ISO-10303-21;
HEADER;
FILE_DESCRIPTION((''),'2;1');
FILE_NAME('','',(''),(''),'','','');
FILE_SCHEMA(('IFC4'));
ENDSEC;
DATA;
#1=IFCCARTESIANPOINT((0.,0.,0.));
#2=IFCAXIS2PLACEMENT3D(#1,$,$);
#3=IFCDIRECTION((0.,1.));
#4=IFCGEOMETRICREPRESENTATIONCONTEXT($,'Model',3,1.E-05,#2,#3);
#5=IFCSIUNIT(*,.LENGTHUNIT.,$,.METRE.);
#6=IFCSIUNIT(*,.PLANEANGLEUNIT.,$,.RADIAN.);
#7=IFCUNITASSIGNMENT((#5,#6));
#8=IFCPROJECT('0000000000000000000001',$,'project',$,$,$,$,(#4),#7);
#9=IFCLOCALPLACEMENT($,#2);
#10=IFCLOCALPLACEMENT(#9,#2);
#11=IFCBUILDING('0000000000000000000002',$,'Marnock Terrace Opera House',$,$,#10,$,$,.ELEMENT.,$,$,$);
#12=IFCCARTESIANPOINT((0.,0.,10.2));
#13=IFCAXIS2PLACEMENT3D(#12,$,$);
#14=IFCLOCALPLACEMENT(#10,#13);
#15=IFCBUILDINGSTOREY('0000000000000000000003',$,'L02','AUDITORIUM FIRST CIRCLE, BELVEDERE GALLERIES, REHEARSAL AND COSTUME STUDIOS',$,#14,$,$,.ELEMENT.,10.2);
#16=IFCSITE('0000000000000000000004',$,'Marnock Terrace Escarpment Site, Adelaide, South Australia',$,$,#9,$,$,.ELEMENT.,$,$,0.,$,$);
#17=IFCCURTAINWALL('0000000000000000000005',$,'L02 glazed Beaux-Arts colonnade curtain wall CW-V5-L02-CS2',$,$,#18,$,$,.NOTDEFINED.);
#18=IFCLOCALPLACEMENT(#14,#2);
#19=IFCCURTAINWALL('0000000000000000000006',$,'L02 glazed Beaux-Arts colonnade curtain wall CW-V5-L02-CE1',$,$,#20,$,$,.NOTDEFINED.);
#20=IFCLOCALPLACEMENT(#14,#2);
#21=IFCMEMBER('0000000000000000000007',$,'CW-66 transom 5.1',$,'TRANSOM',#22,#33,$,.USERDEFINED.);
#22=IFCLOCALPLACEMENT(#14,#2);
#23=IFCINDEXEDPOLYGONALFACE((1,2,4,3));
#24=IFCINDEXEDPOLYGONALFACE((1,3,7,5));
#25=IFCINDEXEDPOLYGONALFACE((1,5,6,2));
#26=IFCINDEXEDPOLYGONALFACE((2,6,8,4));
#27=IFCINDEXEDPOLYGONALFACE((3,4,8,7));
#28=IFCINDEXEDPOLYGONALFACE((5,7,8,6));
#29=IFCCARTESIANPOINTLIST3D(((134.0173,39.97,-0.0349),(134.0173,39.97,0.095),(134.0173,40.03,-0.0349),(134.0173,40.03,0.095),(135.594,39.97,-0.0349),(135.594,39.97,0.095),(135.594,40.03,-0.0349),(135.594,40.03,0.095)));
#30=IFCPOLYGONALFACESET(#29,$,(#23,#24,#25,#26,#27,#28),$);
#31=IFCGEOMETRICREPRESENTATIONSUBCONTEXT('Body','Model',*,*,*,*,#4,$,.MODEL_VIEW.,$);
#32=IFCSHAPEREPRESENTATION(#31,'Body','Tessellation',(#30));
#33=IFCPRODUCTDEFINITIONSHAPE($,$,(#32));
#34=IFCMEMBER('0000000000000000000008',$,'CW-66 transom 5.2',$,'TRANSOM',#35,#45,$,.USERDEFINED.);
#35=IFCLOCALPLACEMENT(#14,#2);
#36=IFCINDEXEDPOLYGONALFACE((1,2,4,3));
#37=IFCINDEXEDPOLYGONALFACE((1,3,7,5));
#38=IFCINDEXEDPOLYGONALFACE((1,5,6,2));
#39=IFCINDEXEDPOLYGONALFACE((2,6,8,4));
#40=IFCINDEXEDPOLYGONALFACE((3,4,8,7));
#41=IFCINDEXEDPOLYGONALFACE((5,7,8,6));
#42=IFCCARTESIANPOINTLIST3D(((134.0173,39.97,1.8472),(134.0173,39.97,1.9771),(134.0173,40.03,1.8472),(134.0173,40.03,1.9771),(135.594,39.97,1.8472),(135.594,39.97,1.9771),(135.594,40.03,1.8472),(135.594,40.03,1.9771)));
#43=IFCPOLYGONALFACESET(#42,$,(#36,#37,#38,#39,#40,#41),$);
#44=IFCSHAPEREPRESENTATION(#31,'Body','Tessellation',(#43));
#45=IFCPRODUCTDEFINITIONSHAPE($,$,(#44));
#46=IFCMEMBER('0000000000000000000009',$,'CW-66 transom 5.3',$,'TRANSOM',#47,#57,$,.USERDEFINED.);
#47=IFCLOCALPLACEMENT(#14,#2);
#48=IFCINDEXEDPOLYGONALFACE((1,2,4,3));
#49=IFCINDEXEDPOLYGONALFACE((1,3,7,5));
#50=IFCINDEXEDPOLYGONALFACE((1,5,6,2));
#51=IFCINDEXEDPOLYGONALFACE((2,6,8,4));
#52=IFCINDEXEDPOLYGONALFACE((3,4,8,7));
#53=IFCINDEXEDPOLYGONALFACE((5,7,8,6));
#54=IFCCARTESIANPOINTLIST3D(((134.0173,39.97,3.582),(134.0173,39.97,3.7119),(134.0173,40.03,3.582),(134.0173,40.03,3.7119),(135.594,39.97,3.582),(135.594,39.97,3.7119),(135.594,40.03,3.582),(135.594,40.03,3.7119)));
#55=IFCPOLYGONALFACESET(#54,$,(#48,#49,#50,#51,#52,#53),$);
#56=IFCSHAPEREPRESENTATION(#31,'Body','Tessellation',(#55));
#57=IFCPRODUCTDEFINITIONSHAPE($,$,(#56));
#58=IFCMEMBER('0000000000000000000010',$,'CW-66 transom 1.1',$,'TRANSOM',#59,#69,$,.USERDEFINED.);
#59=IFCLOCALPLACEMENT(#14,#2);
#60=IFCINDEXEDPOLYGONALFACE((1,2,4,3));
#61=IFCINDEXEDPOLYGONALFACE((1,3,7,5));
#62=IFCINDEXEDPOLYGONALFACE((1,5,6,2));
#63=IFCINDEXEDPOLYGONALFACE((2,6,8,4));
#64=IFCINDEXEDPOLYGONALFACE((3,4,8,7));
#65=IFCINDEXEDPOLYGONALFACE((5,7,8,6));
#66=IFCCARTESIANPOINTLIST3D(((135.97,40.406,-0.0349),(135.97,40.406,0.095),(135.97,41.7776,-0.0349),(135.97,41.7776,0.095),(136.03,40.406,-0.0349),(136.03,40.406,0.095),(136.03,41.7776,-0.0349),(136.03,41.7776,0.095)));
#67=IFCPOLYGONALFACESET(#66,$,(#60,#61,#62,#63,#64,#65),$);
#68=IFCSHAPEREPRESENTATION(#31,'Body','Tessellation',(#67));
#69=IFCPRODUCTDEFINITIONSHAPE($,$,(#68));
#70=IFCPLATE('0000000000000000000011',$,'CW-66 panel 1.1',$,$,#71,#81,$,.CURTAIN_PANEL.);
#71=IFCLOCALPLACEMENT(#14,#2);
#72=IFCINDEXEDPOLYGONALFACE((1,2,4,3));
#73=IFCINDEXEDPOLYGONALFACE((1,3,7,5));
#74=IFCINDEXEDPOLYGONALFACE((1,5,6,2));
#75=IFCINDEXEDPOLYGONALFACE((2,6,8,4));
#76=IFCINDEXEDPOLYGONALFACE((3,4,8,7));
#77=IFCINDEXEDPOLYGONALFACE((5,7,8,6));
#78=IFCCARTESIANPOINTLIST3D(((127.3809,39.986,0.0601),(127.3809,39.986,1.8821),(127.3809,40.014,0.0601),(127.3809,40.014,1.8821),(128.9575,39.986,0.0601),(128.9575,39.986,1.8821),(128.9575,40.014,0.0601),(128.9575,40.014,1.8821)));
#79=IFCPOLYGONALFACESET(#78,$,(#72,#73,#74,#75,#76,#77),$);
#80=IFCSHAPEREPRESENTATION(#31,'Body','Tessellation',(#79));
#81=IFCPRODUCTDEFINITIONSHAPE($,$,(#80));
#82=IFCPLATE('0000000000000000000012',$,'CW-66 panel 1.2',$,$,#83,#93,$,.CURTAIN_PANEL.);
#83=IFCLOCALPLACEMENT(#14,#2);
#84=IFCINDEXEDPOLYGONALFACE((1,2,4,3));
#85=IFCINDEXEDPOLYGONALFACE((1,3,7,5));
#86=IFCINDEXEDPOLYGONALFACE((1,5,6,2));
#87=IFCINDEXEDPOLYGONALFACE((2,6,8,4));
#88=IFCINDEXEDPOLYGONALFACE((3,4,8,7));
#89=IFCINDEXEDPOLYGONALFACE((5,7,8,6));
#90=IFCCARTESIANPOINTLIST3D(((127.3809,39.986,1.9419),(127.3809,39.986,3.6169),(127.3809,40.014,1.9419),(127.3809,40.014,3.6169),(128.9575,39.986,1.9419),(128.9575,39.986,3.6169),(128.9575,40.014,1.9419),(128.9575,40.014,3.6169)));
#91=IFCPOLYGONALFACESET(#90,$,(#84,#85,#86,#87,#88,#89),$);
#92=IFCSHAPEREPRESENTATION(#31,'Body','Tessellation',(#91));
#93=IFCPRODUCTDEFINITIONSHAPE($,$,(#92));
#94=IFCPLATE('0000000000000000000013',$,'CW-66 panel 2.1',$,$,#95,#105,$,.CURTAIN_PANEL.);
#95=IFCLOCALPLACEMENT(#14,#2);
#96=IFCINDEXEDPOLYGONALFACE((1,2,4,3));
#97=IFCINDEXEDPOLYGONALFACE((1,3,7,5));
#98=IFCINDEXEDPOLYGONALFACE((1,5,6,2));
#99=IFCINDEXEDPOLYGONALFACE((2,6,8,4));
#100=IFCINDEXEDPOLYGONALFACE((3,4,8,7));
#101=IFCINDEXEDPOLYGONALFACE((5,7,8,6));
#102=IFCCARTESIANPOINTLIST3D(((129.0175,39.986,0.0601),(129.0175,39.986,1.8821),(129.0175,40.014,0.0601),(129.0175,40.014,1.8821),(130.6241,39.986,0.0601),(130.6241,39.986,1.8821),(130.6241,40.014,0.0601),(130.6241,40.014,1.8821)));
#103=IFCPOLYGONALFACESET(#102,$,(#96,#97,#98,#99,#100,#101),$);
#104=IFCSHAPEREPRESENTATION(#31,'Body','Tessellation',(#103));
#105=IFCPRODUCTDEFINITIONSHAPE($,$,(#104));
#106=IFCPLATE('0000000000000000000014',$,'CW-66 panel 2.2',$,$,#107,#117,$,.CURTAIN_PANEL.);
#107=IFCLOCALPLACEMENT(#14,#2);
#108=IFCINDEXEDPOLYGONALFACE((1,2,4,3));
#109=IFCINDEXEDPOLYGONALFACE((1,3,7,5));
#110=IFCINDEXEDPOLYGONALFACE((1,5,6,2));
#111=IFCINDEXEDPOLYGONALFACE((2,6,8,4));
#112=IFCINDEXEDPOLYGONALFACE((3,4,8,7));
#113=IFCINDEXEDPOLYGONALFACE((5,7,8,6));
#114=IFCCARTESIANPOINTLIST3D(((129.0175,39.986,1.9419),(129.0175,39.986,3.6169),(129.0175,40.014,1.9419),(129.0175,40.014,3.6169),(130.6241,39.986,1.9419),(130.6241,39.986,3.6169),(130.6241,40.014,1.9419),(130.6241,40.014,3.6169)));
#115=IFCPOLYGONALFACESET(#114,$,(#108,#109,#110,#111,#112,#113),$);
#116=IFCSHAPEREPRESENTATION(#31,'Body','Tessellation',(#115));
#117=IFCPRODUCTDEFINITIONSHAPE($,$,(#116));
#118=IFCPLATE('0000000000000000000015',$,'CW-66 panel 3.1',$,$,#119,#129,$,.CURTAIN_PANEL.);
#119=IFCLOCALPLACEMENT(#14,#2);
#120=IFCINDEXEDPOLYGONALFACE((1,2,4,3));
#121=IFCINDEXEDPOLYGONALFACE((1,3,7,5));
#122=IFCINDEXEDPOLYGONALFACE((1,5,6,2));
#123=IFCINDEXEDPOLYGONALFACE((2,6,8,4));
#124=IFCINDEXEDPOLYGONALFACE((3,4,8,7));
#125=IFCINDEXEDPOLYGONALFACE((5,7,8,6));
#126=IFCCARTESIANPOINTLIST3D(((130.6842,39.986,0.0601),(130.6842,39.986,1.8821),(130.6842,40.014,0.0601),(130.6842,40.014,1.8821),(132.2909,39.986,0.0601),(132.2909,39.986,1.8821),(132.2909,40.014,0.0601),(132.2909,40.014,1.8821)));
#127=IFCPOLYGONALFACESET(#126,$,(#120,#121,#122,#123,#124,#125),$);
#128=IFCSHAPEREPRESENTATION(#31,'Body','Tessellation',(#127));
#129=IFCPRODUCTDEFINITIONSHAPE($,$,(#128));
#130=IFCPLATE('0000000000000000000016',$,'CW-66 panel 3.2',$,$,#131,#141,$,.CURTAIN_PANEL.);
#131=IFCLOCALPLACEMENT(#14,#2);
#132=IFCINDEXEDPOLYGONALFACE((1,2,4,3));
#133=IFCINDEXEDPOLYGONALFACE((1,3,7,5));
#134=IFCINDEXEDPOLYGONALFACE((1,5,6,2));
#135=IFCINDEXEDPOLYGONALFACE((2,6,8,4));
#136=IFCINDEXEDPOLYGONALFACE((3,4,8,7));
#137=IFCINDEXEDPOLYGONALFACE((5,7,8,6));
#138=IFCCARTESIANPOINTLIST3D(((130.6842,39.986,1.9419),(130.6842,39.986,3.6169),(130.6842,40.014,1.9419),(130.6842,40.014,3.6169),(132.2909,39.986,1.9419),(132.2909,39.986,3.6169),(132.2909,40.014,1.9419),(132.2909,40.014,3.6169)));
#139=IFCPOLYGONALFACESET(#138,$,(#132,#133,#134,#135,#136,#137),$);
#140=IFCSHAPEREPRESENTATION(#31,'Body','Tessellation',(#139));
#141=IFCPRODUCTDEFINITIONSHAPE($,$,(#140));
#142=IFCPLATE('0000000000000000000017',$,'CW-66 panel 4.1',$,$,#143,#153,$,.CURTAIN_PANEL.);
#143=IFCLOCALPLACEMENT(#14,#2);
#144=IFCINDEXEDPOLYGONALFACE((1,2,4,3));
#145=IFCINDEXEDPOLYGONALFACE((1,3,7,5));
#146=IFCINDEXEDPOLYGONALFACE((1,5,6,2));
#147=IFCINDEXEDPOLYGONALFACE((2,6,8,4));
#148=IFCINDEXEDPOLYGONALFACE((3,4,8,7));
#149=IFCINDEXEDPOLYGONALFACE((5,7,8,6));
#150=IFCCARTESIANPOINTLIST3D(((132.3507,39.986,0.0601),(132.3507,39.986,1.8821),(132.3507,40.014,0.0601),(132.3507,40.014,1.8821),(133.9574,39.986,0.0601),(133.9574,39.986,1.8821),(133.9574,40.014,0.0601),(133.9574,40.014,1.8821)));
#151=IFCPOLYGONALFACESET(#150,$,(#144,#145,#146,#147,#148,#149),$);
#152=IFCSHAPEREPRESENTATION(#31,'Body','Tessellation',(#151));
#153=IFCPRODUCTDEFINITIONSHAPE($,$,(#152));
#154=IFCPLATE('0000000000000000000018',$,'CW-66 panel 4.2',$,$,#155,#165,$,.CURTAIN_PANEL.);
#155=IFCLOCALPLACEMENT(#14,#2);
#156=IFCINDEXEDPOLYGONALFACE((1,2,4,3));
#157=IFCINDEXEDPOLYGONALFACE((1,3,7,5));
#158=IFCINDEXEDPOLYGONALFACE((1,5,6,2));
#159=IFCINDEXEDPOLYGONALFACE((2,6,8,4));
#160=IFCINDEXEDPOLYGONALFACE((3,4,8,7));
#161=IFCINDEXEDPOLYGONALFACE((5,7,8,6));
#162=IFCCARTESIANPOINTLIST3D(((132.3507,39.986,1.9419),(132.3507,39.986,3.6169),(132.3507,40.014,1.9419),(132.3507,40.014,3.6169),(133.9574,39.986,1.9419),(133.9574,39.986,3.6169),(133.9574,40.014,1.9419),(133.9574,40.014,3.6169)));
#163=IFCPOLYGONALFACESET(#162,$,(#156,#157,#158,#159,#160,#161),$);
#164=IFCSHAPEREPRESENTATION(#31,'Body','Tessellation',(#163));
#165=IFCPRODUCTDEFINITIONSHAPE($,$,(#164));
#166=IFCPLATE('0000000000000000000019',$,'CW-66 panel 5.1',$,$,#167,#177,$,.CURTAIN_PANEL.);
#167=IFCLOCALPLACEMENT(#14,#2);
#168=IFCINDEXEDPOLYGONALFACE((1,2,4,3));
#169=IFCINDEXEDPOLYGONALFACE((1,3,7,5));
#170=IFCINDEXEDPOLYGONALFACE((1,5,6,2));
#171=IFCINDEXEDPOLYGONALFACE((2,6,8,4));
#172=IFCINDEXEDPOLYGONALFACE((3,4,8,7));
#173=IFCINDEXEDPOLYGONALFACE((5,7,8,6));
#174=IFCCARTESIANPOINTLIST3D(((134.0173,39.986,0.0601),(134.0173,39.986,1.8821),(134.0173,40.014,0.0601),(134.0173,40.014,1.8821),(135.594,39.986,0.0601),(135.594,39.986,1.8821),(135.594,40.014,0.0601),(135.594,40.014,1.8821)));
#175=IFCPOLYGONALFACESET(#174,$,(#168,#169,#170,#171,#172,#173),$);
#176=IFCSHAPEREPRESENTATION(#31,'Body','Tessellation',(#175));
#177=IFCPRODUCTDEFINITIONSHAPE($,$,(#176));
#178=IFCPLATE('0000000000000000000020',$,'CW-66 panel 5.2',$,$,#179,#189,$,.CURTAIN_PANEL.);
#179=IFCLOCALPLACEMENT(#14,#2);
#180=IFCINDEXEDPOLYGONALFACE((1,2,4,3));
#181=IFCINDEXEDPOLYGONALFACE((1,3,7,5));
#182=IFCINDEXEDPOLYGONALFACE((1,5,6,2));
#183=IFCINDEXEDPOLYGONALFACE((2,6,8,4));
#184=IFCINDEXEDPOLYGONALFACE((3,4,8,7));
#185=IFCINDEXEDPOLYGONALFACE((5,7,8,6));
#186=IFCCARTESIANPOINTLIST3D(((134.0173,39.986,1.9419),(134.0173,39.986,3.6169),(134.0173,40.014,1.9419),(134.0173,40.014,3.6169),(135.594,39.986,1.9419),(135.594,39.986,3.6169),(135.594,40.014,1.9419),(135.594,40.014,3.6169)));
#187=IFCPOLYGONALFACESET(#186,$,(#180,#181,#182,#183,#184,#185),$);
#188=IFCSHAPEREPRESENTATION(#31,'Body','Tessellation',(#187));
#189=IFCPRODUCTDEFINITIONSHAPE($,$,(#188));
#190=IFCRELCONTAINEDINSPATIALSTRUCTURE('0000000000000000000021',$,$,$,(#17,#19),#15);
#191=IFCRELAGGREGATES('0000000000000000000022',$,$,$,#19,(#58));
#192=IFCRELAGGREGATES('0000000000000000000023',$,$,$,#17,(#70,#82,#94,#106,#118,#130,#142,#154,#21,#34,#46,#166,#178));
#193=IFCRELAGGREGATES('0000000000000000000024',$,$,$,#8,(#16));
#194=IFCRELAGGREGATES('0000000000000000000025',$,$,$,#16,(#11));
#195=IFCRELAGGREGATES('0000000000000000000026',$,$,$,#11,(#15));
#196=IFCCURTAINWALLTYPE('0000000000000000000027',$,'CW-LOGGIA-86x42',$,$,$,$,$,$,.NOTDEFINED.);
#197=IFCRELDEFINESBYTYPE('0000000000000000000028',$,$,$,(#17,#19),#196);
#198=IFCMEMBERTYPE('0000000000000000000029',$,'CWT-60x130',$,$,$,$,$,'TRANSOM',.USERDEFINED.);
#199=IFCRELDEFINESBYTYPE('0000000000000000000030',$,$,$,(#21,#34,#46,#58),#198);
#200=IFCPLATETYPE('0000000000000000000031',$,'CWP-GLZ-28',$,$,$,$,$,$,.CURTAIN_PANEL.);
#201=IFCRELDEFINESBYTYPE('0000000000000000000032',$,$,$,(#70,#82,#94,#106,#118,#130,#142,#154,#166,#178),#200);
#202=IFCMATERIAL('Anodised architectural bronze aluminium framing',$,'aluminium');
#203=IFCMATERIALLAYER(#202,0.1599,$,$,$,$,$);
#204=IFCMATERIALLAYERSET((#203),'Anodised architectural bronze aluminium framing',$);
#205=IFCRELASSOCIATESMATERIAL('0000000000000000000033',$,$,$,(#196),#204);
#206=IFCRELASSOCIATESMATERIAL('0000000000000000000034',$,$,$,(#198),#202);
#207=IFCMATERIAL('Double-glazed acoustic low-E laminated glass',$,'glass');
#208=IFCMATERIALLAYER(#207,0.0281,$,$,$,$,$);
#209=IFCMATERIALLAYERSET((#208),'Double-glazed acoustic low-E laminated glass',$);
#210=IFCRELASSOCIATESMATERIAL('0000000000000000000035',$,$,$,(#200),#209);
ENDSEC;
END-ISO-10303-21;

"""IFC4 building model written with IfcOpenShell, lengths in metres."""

from ifc_helpers import new_model, si_unit, direction, frame, origin, origin_2d, place, context, subcontext, project, spatial, rectangle, extrude, material, layer, layer_set, material_profile, profile_set, type_object, element, aggregate, save


model = new_model("IFC4")

# Units and contexts
model_context = context("Model", 3, precision=1e-05, world=origin(), true_north=direction((0.0, 1.0)))
body_context = subcontext(model_context, "Body", "Model", "MODEL_VIEW")
ifc_project = project(units=[si_unit("LENGTHUNIT", "METRE"), si_unit("PLANEANGLEUNIT", "RADIAN")], contexts=[model_context])

# Site, building, storey
site_placement = place(None, origin())
site = spatial("IfcSite", under=ifc_project, at=site_placement, Name="Marnock Terrace Escarpment Site, Adelaide, South Australia", CompositionType="ELEMENT", RefElevation=0.0)
building_placement = place(site_placement, origin())
building = spatial("IfcBuilding", under=site, at=building_placement, Name="Marnock Terrace Opera House", CompositionType="ELEMENT")
storey_placement = place(building_placement, frame((0.0, 0.0, 10.2)))
storey = spatial("IfcBuildingStorey", under=building, at=storey_placement, Name="L02", Description="AUDITORIUM FIRST CIRCLE, BELVEDERE GALLERIES, REHEARSAL AND COSTUME STUDIOS", CompositionType="ELEMENT", Elevation=10.2)

# Curtain wall
ifc_material_1 = material(Name="Anodised architectural bronze aluminium framing", Category="aluminium")
ifc_layer_1 = layer(ifc_material_1, 0.1599)
ifc_layer_set_1 = layer_set([ifc_layer_1], Name="Anodised architectural bronze aluminium framing")
curtain_wall_type = type_object("IfcCurtainWallType", Name="CW-LOGGIA-86x42", PredefinedType="NOTDEFINED", material=ifc_layer_set_1)
curtain_wall_1_placement = place(storey_placement, origin())
curtain_wall_1 = element("IfcCurtainWall", 1, at=curtain_wall_1_placement, inside=storey, type_object=curtain_wall_type, Name="L02 glazed Beaux-Arts colonnade curtain wall CW-V5-L02-CS2", PredefinedType="NOTDEFINED")

# Curtain wall
curtain_wall_2_placement = place(storey_placement, origin())
curtain_wall_2 = element("IfcCurtainWall", 2, at=curtain_wall_2_placement, inside=storey, type_object=curtain_wall_type, Name="L02 glazed Beaux-Arts colonnade curtain wall CW-V5-L02-CE1", PredefinedType="NOTDEFINED")

# Members
ifc_material_profile_1 = material_profile(ifc_material_1, rectangle(XDim=0.0601, YDim=0.1299, at=origin_2d()))
ifc_profile_set_1 = profile_set([ifc_material_profile_1], Name="Anodised architectural bronze aluminium framing")
member_type_1 = type_object("IfcMemberType", Name="CWT-60x130", ElementType="TRANSOM", PredefinedType="USERDEFINED", material=ifc_profile_set_1)
member_1_placement = place(storey_placement, frame((134.0173, 40.0, 0.03), z_axis=(1.0, 0.0, 0.0), x_axis=(0.0, 1.0, 0.0)))
member_1 = element("IfcMember", 3, at=member_1_placement, type_object=member_type_1, Name="CW-66 transom 5.1", ObjectType="TRANSOM", PredefinedType="USERDEFINED", context=body_context, shape_type="SweptSolid", body=[
    extrude(rectangle(XDim=0.0601, YDim=0.1299, at=origin_2d()), origin(), (0.0, 0.0, 1.0), 1.5767),
])
member_2_placement = place(storey_placement, frame((134.0173, 40.0, 1.9121), z_axis=(1.0, 0.0, 0.0), x_axis=(0.0, 1.0, 0.0)))
member_2 = element("IfcMember", 4, at=member_2_placement, type_object=member_type_1, Name="CW-66 transom 5.2", ObjectType="TRANSOM", PredefinedType="USERDEFINED", context=body_context, shape_type="SweptSolid", body=[
    extrude(rectangle(XDim=0.0601, YDim=0.1299, at=origin_2d()), origin(), (0.0, 0.0, 1.0), 1.5767),
])
member_3_placement = place(storey_placement, frame((134.0173, 40.0, 3.647), z_axis=(1.0, 0.0, 0.0), x_axis=(0.0, 1.0, 0.0)))
member_3 = element("IfcMember", 5, at=member_3_placement, type_object=member_type_1, Name="CW-66 transom 5.3", ObjectType="TRANSOM", PredefinedType="USERDEFINED", context=body_context, shape_type="SweptSolid", body=[
    extrude(rectangle(XDim=0.0601, YDim=0.1299, at=origin_2d()), origin(), (0.0, 0.0, 1.0), 1.5767),
])
member_4_placement = place(storey_placement, frame((136.0, 40.406, 0.03), z_axis=(0.0, 1.0, 0.0), x_axis=(-1.0, 0.0, 0.0)))
member_4 = element("IfcMember", 6, at=member_4_placement, type_object=member_type_1, Name="CW-66 transom 1.1", ObjectType="TRANSOM", PredefinedType="USERDEFINED", context=body_context, shape_type="SweptSolid", body=[
    extrude(rectangle(XDim=0.0601, YDim=0.1299, at=origin_2d()), origin(), (0.0, 0.0, 1.0), 1.3716),
])
aggregate(curtain_wall_2, [member_4])

# Plates
ifc_material_2 = material(Name="Double-glazed acoustic low-E laminated glass", Category="glass")
ifc_layer_2 = layer(ifc_material_2, 0.0281)
ifc_layer_set_2 = layer_set([ifc_layer_2], Name="Double-glazed acoustic low-E laminated glass")
plate_type = type_object("IfcPlateType", Name="CWP-GLZ-28", PredefinedType="CURTAIN_PANEL", material=ifc_layer_set_2)
plate_1_placement = place(storey_placement, frame((128.1692, 40.0, 0.0601), z_axis=(0.0, 0.0, 1.0), x_axis=(1.0, 0.0, 0.0)))
plate_1 = element("IfcPlate", 7, at=plate_1_placement, type_object=plate_type, Name="CW-66 panel 1.1", PredefinedType="CURTAIN_PANEL", context=body_context, shape_type="SweptSolid", body=[
    extrude(rectangle(XDim=1.5767, YDim=0.0281, at=origin_2d()), origin(), (0.0, 0.0, 1.0), 1.822),
])
plate_2_placement = place(storey_placement, frame((128.1692, 40.0, 1.9419), z_axis=(0.0, 0.0, 1.0), x_axis=(1.0, 0.0, 0.0)))
plate_2 = element("IfcPlate", 8, at=plate_2_placement, type_object=plate_type, Name="CW-66 panel 1.2", PredefinedType="CURTAIN_PANEL", context=body_context, shape_type="SweptSolid", body=[
    extrude(rectangle(XDim=1.5767, YDim=0.0281, at=origin_2d()), origin(), (0.0, 0.0, 1.0), 1.675),
])
plate_3_placement = place(storey_placement, frame((129.8208, 40.0, 0.0601), z_axis=(0.0, 0.0, 1.0), x_axis=(1.0, 0.0, 0.0)))
plate_3 = element("IfcPlate", 9, at=plate_3_placement, type_object=plate_type, Name="CW-66 panel 2.1", PredefinedType="CURTAIN_PANEL", context=body_context, shape_type="SweptSolid", body=[
    extrude(rectangle(XDim=1.6067, YDim=0.0281, at=origin_2d()), origin(), (0.0, 0.0, 1.0), 1.822),
])
plate_4_placement = place(storey_placement, frame((129.8208, 40.0, 1.9419), z_axis=(0.0, 0.0, 1.0), x_axis=(1.0, 0.0, 0.0)))
plate_4 = element("IfcPlate", 10, at=plate_4_placement, type_object=plate_type, Name="CW-66 panel 2.2", PredefinedType="CURTAIN_PANEL", context=body_context, shape_type="SweptSolid", body=[
    extrude(rectangle(XDim=1.6067, YDim=0.0281, at=origin_2d()), origin(), (0.0, 0.0, 1.0), 1.675),
])
plate_5_placement = place(storey_placement, frame((131.4875, 40.0, 0.0601), z_axis=(0.0, 0.0, 1.0), x_axis=(1.0, 0.0, 0.0)))
plate_5 = element("IfcPlate", 11, at=plate_5_placement, type_object=plate_type, Name="CW-66 panel 3.1", PredefinedType="CURTAIN_PANEL", context=body_context, shape_type="SweptSolid", body=[
    extrude(rectangle(XDim=1.6067, YDim=0.0281, at=origin_2d()), origin(), (0.0, 0.0, 1.0), 1.822),
])
plate_6_placement = place(storey_placement, frame((131.4875, 40.0, 1.9419), z_axis=(0.0, 0.0, 1.0), x_axis=(1.0, 0.0, 0.0)))
plate_6 = element("IfcPlate", 12, at=plate_6_placement, type_object=plate_type, Name="CW-66 panel 3.2", PredefinedType="CURTAIN_PANEL", context=body_context, shape_type="SweptSolid", body=[
    extrude(rectangle(XDim=1.6067, YDim=0.0281, at=origin_2d()), origin(), (0.0, 0.0, 1.0), 1.675),
])
plate_7_placement = place(storey_placement, frame((133.1541, 40.0, 0.0601), z_axis=(0.0, 0.0, 1.0), x_axis=(1.0, 0.0, 0.0)))
plate_7 = element("IfcPlate", 13, at=plate_7_placement, type_object=plate_type, Name="CW-66 panel 4.1", PredefinedType="CURTAIN_PANEL", context=body_context, shape_type="SweptSolid", body=[
    extrude(rectangle(XDim=1.6067, YDim=0.0281, at=origin_2d()), origin(), (0.0, 0.0, 1.0), 1.822),
])
plate_8_placement = place(storey_placement, frame((133.1541, 40.0, 1.9419), z_axis=(0.0, 0.0, 1.0), x_axis=(1.0, 0.0, 0.0)))
plate_8 = element("IfcPlate", 14, at=plate_8_placement, type_object=plate_type, Name="CW-66 panel 4.2", PredefinedType="CURTAIN_PANEL", context=body_context, shape_type="SweptSolid", body=[
    extrude(rectangle(XDim=1.6067, YDim=0.0281, at=origin_2d()), origin(), (0.0, 0.0, 1.0), 1.675),
])
plate_9_placement = place(storey_placement, frame((134.8057, 40.0, 0.0601), z_axis=(0.0, 0.0, 1.0), x_axis=(1.0, 0.0, 0.0)))
plate_9 = element("IfcPlate", 15, at=plate_9_placement, type_object=plate_type, Name="CW-66 panel 5.1", PredefinedType="CURTAIN_PANEL", context=body_context, shape_type="SweptSolid", body=[
    extrude(rectangle(XDim=1.5767, YDim=0.0281, at=origin_2d()), origin(), (0.0, 0.0, 1.0), 1.822),
])
plate_10_placement = place(storey_placement, frame((134.8057, 40.0, 1.9419), z_axis=(0.0, 0.0, 1.0), x_axis=(1.0, 0.0, 0.0)))
plate_10 = element("IfcPlate", 16, at=plate_10_placement, type_object=plate_type, Name="CW-66 panel 5.2", PredefinedType="CURTAIN_PANEL", context=body_context, shape_type="SweptSolid", body=[
    extrude(rectangle(XDim=1.5767, YDim=0.0281, at=origin_2d()), origin(), (0.0, 0.0, 1.0), 1.675),
])
aggregate(curtain_wall_1, [plate_1, plate_2, plate_3, plate_4, plate_5, plate_6, plate_7, plate_8, member_1, member_2, member_3, plate_9, plate_10])

save(model, "model.ifc")
